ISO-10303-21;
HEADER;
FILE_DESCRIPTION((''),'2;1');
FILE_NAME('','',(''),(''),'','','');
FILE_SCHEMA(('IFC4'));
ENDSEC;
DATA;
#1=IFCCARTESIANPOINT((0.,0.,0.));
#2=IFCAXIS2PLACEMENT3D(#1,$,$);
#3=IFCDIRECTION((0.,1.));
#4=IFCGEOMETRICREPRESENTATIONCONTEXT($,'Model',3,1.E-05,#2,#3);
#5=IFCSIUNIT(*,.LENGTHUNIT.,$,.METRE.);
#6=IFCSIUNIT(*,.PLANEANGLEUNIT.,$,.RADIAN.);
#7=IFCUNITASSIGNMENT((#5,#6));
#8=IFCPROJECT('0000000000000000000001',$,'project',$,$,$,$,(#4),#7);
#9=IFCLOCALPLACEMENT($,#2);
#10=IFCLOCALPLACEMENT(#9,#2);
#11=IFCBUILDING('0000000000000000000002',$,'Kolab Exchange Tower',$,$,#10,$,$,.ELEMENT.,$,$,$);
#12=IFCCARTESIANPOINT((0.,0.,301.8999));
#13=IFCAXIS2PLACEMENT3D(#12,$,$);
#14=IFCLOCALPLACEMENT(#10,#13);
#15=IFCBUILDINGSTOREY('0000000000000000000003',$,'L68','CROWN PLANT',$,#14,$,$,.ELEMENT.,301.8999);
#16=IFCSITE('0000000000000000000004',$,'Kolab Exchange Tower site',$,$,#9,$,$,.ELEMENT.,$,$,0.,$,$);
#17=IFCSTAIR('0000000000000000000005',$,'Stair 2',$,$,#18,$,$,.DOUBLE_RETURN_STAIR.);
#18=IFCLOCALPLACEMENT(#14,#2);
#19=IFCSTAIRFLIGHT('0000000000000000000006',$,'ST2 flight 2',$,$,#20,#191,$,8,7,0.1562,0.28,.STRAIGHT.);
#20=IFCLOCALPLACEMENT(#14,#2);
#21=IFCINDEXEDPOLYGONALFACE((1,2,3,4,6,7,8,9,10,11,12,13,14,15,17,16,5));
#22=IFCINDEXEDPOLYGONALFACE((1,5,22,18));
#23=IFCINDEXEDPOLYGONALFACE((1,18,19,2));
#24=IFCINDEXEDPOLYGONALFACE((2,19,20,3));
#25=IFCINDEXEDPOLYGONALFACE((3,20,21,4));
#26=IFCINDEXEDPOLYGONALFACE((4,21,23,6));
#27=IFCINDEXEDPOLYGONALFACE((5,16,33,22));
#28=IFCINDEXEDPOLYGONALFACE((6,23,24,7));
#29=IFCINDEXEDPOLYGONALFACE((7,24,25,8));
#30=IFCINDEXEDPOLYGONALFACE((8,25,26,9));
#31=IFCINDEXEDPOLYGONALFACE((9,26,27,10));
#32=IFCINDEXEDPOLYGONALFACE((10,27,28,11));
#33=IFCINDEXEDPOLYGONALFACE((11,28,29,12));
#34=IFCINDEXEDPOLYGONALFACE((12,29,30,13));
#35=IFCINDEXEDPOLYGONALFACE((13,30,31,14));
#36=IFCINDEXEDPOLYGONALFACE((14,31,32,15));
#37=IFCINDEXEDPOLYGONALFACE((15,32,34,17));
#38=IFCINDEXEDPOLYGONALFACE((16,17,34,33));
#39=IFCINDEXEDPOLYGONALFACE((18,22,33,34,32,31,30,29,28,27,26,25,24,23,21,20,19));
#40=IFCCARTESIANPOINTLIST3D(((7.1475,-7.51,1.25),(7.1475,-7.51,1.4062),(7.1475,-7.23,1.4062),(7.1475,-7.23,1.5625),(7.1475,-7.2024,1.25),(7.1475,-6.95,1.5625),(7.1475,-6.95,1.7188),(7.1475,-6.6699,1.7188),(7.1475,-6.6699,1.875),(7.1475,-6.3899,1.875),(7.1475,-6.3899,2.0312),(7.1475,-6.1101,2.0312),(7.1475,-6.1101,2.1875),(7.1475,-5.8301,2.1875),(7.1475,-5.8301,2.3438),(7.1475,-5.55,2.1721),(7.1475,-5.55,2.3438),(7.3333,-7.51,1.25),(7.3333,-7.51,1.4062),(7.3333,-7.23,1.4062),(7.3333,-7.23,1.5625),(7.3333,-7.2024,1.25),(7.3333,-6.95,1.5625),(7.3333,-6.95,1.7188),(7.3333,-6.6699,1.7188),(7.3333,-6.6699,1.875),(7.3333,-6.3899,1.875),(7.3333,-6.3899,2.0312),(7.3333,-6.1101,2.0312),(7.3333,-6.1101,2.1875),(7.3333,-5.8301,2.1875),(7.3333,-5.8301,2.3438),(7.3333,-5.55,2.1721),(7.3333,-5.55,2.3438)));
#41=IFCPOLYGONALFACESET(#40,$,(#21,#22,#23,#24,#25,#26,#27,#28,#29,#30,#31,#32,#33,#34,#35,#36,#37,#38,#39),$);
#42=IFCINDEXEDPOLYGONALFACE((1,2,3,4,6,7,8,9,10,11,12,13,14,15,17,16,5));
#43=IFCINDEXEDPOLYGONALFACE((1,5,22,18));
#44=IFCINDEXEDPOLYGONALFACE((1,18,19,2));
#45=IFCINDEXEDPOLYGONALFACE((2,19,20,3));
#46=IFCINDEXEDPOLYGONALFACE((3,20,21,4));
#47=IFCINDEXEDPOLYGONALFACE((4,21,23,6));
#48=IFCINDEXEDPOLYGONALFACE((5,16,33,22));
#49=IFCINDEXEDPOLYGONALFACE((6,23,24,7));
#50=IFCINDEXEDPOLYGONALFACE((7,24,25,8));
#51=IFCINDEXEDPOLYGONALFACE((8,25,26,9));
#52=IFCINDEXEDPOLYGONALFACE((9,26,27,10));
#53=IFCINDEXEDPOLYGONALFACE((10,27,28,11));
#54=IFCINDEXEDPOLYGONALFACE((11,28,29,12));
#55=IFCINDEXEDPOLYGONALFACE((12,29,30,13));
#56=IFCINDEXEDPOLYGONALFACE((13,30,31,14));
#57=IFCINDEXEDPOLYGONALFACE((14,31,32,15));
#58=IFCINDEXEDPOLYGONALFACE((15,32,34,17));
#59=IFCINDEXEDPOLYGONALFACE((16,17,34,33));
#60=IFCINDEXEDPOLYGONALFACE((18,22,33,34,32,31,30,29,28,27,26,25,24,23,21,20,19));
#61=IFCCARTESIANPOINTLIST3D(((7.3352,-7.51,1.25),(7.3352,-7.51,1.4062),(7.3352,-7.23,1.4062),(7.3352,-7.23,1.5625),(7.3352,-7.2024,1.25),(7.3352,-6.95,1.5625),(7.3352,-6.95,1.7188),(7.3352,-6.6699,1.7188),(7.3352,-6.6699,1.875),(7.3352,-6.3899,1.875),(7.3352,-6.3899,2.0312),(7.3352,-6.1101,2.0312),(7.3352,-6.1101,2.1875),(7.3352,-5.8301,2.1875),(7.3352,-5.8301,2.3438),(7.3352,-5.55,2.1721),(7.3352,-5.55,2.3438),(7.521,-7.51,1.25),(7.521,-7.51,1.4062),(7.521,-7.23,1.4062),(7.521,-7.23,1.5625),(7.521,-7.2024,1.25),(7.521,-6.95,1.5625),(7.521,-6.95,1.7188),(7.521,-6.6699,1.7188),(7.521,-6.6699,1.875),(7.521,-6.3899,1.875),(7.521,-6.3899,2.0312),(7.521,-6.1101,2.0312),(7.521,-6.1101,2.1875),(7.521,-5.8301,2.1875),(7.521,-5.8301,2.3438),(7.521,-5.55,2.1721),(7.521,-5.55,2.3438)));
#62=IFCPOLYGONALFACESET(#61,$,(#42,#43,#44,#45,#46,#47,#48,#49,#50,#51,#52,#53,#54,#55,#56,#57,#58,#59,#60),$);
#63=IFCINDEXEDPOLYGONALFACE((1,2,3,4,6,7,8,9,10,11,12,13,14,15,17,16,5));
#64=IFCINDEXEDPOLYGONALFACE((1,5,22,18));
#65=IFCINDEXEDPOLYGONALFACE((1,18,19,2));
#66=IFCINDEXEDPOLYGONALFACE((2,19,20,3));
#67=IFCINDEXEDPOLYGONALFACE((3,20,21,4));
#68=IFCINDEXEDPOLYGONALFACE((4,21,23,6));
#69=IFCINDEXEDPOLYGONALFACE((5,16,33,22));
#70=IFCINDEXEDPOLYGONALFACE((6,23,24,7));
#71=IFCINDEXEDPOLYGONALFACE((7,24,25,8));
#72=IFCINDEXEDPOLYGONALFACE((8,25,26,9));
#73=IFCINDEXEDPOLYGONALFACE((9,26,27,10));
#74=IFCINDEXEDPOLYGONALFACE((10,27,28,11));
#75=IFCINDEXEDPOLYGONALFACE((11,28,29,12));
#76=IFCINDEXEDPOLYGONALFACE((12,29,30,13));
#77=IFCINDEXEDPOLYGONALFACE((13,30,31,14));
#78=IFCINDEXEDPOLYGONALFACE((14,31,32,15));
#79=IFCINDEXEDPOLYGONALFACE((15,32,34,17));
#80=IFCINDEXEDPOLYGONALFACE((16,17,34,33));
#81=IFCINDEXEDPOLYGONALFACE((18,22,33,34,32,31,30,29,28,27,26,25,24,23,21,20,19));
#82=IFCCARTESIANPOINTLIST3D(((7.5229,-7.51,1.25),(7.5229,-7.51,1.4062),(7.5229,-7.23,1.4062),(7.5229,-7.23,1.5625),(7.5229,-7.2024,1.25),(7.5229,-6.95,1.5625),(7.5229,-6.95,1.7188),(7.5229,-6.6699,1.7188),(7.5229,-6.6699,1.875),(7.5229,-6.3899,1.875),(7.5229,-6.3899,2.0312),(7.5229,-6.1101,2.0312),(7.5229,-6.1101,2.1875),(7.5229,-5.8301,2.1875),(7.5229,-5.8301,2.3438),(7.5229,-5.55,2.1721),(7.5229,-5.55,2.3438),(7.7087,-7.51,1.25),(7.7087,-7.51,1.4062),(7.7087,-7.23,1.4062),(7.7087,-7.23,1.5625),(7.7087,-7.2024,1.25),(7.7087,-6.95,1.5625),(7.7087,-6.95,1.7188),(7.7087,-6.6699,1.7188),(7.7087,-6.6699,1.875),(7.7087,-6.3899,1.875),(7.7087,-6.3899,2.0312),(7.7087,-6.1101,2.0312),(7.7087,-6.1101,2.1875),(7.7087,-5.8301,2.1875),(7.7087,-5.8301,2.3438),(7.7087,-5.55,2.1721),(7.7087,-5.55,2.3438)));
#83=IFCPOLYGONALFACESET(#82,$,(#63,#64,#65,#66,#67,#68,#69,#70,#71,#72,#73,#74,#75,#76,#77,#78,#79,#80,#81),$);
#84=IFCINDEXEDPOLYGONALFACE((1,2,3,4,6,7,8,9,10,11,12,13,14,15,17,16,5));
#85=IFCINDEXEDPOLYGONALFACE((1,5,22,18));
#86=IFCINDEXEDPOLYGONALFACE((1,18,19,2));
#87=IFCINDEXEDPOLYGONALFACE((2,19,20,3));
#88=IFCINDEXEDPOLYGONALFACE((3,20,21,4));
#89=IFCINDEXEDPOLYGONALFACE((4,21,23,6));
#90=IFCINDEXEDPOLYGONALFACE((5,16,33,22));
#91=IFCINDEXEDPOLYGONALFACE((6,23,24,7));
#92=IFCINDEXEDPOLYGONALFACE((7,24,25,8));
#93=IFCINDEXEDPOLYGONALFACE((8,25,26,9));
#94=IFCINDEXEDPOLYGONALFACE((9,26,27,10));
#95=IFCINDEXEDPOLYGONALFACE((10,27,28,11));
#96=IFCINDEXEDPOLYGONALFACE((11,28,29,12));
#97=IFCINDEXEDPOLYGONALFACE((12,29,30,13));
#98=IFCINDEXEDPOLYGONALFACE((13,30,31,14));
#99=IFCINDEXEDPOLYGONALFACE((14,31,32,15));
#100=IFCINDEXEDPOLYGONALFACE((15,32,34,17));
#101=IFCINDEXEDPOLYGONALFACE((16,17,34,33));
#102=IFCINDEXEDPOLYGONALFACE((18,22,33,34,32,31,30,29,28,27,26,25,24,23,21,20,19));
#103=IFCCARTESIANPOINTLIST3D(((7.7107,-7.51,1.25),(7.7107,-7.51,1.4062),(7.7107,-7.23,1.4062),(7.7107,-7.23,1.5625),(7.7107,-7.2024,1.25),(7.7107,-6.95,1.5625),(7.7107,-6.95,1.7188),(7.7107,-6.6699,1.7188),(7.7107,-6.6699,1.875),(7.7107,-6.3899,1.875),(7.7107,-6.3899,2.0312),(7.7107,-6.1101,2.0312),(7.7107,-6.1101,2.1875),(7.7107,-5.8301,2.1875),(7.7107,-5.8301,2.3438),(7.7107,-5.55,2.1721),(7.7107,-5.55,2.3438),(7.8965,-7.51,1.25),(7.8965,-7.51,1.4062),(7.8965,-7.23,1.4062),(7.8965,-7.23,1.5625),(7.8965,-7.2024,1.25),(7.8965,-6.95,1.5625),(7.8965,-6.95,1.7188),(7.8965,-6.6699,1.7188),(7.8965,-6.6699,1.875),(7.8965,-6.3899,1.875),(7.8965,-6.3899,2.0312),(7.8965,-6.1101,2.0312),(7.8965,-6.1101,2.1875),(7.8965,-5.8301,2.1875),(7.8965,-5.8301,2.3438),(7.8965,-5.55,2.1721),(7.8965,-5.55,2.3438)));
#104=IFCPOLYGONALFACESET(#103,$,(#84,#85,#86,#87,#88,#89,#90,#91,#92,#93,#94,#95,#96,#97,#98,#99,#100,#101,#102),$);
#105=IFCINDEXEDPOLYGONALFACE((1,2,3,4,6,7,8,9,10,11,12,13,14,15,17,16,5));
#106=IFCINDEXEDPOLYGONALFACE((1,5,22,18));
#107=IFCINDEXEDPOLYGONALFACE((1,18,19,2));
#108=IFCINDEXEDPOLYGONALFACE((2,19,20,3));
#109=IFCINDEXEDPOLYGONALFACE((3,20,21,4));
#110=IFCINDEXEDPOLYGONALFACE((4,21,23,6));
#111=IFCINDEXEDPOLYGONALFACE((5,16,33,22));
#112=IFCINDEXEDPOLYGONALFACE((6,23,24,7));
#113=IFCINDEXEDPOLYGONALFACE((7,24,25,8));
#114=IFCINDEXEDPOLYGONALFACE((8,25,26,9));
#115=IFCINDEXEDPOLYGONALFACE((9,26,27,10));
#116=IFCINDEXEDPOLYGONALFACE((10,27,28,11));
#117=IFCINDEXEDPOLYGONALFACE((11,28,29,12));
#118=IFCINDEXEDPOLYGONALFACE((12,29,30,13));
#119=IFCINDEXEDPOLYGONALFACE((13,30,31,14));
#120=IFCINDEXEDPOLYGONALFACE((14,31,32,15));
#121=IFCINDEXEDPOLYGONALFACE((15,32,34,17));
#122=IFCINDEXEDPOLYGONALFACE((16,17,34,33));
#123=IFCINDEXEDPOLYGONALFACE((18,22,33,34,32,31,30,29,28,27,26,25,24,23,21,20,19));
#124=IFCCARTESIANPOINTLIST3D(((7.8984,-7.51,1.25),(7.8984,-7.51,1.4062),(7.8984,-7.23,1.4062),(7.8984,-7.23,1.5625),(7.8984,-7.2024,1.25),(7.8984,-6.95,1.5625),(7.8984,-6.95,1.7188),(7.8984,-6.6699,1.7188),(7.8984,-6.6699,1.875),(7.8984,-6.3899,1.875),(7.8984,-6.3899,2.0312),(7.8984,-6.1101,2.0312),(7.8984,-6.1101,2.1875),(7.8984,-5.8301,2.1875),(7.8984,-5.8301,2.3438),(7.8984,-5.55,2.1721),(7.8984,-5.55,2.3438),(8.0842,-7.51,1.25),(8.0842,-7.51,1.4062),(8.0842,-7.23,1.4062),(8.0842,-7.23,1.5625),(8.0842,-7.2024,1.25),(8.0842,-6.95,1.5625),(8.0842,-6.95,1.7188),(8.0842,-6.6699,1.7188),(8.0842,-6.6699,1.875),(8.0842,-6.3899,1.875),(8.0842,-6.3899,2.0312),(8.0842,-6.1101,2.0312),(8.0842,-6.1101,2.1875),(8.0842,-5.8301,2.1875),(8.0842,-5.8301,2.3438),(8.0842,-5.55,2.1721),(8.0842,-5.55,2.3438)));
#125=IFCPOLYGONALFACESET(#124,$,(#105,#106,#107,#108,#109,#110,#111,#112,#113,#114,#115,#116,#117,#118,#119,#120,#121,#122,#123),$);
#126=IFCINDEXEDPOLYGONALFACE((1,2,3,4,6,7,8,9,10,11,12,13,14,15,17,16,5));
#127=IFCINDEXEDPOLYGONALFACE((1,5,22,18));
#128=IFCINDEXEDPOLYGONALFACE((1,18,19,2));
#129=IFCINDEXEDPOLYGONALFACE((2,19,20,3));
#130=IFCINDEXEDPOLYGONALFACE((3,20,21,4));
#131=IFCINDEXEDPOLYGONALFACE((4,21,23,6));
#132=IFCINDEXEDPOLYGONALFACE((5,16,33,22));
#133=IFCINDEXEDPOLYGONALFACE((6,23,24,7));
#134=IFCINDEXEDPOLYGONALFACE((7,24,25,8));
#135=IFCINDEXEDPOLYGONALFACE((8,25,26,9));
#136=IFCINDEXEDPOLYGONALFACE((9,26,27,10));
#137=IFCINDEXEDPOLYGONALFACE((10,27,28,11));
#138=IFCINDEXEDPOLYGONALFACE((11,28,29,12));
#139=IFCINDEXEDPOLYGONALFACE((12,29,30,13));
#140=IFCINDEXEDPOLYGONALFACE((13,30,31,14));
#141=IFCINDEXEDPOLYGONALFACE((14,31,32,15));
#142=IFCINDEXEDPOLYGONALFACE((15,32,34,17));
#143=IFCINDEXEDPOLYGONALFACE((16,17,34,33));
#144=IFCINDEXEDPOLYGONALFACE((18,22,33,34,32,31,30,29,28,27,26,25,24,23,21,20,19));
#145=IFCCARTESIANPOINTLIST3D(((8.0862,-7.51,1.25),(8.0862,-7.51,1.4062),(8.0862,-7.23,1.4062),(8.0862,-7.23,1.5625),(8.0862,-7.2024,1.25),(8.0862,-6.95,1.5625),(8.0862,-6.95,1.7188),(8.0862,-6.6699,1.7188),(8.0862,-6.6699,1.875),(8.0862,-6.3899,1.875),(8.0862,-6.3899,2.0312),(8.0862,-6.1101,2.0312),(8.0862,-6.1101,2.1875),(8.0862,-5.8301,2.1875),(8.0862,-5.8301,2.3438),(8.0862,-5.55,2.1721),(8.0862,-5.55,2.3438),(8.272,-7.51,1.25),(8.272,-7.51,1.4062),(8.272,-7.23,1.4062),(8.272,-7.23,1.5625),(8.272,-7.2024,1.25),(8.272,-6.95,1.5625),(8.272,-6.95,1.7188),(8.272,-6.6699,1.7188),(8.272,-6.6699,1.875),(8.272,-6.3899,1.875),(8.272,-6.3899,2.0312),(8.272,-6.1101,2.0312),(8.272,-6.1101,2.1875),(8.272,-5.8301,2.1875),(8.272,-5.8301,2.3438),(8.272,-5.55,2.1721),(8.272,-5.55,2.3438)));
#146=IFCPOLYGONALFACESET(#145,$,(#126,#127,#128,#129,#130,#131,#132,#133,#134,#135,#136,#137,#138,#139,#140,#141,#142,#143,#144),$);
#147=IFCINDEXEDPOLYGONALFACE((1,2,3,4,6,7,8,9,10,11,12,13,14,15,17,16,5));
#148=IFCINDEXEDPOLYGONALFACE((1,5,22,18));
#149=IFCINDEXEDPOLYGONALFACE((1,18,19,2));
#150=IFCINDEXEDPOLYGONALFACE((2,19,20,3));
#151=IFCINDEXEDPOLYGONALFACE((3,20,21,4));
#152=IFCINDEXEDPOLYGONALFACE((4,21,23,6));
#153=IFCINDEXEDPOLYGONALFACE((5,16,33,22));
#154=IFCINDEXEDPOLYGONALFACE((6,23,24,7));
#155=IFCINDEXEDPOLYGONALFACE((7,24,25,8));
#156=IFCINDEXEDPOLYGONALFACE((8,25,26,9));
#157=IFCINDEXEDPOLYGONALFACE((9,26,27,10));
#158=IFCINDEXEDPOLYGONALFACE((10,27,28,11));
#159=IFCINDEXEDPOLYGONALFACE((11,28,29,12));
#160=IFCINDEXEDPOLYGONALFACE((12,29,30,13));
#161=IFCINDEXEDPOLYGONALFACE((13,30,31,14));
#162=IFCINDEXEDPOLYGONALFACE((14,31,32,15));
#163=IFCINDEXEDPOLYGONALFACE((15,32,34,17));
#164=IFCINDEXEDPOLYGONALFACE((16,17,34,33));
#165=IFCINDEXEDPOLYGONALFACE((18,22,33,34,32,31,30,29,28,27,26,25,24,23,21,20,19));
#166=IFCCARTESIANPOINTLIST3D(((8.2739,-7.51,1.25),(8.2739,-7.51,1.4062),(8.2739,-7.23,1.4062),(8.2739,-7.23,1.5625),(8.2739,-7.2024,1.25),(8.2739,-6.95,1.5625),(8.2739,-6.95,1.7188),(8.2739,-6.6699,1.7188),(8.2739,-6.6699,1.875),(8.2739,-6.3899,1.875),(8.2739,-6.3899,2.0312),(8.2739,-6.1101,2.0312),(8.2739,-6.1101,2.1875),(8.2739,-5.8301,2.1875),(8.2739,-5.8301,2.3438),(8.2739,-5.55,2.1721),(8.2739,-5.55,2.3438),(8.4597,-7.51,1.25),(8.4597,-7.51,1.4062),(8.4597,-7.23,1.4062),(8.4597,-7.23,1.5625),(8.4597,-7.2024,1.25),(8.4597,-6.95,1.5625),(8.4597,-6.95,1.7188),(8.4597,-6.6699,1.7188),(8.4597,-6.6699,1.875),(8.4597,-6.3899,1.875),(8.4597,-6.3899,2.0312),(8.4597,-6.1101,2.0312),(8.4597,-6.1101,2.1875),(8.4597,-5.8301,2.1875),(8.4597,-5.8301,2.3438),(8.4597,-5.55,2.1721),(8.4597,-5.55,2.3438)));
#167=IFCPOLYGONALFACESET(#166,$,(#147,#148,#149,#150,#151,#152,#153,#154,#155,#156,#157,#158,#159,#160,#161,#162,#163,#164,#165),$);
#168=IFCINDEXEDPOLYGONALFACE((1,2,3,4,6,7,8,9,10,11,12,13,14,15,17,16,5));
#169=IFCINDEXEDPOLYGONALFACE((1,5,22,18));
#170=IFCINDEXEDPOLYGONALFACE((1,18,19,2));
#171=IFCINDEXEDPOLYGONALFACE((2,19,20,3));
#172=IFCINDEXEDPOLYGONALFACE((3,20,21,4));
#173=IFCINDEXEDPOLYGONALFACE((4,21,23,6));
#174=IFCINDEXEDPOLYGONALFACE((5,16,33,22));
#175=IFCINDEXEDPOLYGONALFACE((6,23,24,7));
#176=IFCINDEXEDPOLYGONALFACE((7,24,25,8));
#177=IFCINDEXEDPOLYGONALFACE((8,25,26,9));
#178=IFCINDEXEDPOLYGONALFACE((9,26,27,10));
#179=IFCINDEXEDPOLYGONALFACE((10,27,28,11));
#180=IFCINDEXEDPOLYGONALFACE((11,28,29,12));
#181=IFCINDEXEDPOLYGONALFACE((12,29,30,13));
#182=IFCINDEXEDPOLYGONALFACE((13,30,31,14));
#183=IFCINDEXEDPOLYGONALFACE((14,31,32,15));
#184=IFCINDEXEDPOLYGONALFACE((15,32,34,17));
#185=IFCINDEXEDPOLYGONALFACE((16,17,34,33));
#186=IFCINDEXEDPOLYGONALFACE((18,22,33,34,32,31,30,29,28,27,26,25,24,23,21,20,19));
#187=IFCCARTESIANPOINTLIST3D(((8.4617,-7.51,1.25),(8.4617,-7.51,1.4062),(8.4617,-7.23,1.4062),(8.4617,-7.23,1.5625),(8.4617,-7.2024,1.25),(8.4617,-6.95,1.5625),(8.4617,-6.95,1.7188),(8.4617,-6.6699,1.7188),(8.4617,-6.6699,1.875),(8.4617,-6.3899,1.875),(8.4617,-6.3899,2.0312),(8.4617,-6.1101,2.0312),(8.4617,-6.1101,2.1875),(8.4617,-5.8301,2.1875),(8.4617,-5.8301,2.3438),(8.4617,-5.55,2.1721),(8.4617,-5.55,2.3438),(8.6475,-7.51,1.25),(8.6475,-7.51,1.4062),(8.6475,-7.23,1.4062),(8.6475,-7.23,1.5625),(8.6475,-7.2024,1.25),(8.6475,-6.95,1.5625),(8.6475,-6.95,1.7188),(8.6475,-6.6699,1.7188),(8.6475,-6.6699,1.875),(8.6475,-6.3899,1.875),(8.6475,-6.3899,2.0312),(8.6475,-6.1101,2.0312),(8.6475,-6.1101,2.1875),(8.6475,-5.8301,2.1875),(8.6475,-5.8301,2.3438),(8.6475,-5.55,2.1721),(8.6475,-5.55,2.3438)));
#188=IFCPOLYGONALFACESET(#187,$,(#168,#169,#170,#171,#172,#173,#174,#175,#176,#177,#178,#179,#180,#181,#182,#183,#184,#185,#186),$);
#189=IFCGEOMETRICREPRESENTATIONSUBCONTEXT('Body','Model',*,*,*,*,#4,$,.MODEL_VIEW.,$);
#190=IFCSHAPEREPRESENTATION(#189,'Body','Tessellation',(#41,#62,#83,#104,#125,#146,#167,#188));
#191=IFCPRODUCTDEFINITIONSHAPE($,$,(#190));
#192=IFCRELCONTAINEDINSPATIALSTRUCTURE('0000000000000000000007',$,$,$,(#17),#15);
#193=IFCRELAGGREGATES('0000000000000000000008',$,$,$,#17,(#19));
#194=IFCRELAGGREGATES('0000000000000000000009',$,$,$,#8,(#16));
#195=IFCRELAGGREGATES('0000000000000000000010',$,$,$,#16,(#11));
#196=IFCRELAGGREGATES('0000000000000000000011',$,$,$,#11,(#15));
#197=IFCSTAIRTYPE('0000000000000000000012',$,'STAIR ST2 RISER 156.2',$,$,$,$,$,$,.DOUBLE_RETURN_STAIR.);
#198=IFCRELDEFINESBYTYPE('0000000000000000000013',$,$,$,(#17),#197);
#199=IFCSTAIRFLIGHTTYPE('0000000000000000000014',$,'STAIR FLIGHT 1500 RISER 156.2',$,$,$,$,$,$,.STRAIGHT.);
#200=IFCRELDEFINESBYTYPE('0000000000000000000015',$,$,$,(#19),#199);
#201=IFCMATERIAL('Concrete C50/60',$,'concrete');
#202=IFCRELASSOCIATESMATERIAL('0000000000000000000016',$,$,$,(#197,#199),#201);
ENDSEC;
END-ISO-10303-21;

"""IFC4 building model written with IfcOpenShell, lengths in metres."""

from ifc_helpers import new_model, si_unit, direction, frame, origin, place, context, subcontext, project, spatial, polyline, outline, extrude, material, type_object, element, aggregate, save


model = new_model("IFC4")

# Units and contexts
model_context = context("Model", 3, precision=1e-05, world=origin(), true_north=direction((0.0, 1.0)))
body_context = subcontext(model_context, "Body", "Model", "MODEL_VIEW")
ifc_project = project(units=[si_unit("LENGTHUNIT", "METRE"), si_unit("PLANEANGLEUNIT", "RADIAN")], contexts=[model_context])

# Site, building, storey
site_placement = place(None, origin())
site = spatial("IfcSite", under=ifc_project, at=site_placement, Name="Kolab Exchange Tower site", CompositionType="ELEMENT", RefElevation=0.0)
building_placement = place(site_placement, origin())
building = spatial("IfcBuilding", under=site, at=building_placement, Name="Kolab Exchange Tower", CompositionType="ELEMENT")
storey_placement = place(building_placement, frame((0.0, 0.0, 301.8999)))
storey = spatial("IfcBuildingStorey", under=building, at=storey_placement, Name="L68", Description="CROWN PLANT", CompositionType="ELEMENT", Elevation=301.8999)

# Shared definitions
ifc_material_1 = material(Name="Concrete C50/60", Category="concrete")

# Stair, stair flight
stair_type = type_object("IfcStairType", Name="STAIR ST2 RISER 156.2", PredefinedType="DOUBLE_RETURN_STAIR", material=ifc_material_1)
stair_placement = place(storey_placement, origin())
stair = element("IfcStair", 1, at=stair_placement, inside=storey, type_object=stair_type, Name="Stair 2", PredefinedType="DOUBLE_RETURN_STAIR")
stair_flight_type = type_object("IfcStairFlightType", Name="STAIR FLIGHT 1500 RISER 156.2", PredefinedType="STRAIGHT", material=ifc_material_1)
stair_flight_1_placement = place(storey_placement, frame((7.8975, -7.51, 1.25), z_axis=(0.0, 0.0, 1.0), x_axis=(0.0, 1.0, 0.0)))
stair_flight_1 = element("IfcStairFlight", 2, at=stair_flight_1_placement, type_object=stair_flight_type, Name="ST2 flight 2", NumberOfRisers=8, NumberOfTreads=7, PredefinedType="STRAIGHT", RiserHeight=0.1562, TreadLength=0.28, context=body_context, shape_type="SweptSolid", body=[
    extrude(outline(polyline([(0.0, 0.0), (0.0, 0.1562), (0.28, 0.1562), (0.28, 0.3125), (0.5601, 0.3125), (0.5601, 0.4688), (0.8401, 0.4688), (0.8401, 0.625), (1.1201, 0.625), (1.1201, 0.7812), (1.3999, 0.7812), (1.3999, 0.9375), (1.6799, 0.9375), (1.6799, 1.0938), (1.96, 1.0938), (1.96, 1.25), (1.96, 0.9221), (0.3076, 0.0), (0.0, 0.0)])), frame((0.0, 0.75, 0.0), z_axis=(0.0, -1.0, 0.0), x_axis=(1.0, 0.0, 0.0)), (0.0, 0.0, 1.0), 0.1858),
    extrude(outline(polyline([(0.0, 0.0), (0.0, 0.1562), (0.28, 0.1562), (0.28, 0.3125), (0.5601, 0.3125), (0.5601, 0.4688), (0.8401, 0.4688), (0.8401, 0.625), (1.1201, 0.625), (1.1201, 0.7812), (1.3999, 0.7812), (1.3999, 0.9375), (1.6799, 0.9375), (1.6799, 1.0938), (1.96, 1.0938), (1.96, 1.25), (1.96, 0.9221), (0.3076, 0.0), (0.0, 0.0)])), frame((0.0, 0.5623, 0.0), z_axis=(0.0, -1.0, 0.0), x_axis=(1.0, 0.0, 0.0)), (0.0, 0.0, 1.0), 0.1858),
    extrude(outline(polyline([(0.0, 0.0), (0.0, 0.1562), (0.28, 0.1562), (0.28, 0.3125), (0.5601, 0.3125), (0.5601, 0.4688), (0.8401, 0.4688), (0.8401, 0.625), (1.1201, 0.625), (1.1201, 0.7812), (1.3999, 0.7812), (1.3999, 0.9375), (1.6799, 0.9375), (1.6799, 1.0938), (1.96, 1.0938), (1.96, 1.25), (1.96, 0.9221), (0.3076, 0.0), (0.0, 0.0)])), frame((0.0, 0.3745, 0.0), z_axis=(0.0, -1.0, 0.0), x_axis=(1.0, 0.0, 0.0)), (0.0, 0.0, 1.0), 0.1858),
    extrude(outline(polyline([(0.0, 0.0), (0.0, 0.1562), (0.28, 0.1562), (0.28, 0.3125), (0.5601, 0.3125), (0.5601, 0.4688), (0.8401, 0.4688), (0.8401, 0.625), (1.1201, 0.625), (1.1201, 0.7812), (1.3999, 0.7812), (1.3999, 0.9375), (1.6799, 0.9375), (1.6799, 1.0938), (1.96, 1.0938), (1.96, 1.25), (1.96, 0.9221), (0.3076, 0.0), (0.0, 0.0)])), frame((0.0, 0.1868, 0.0), z_axis=(0.0, -1.0, 0.0), x_axis=(1.0, 0.0, 0.0)), (0.0, 0.0, 1.0), 0.1858),
    extrude(outline(polyline([(0.0, 0.0), (0.0, 0.1562), (0.28, 0.1562), (0.28, 0.3125), (0.5601, 0.3125), (0.5601, 0.4688), (0.8401, 0.4688), (0.8401, 0.625), (1.1201, 0.625), (1.1201, 0.7812), (1.3999, 0.7812), (1.3999, 0.9375), (1.6799, 0.9375), (1.6799, 1.0938), (1.96, 1.0938), (1.96, 1.25), (1.96, 0.9221), (0.3076, 0.0), (0.0, 0.0)])), frame((0.0, -0.001, 0.0), z_axis=(0.0, -1.0, 0.0), x_axis=(1.0, 0.0, 0.0)), (0.0, 0.0, 1.0), 0.1858),
    extrude(outline(polyline([(0.0, 0.0), (0.0, 0.1562), (0.28, 0.1562), (0.28, 0.3125), (0.5601, 0.3125), (0.5601, 0.4688), (0.8401, 0.4688), (0.8401, 0.625), (1.1201, 0.625), (1.1201, 0.7812), (1.3999, 0.7812), (1.3999, 0.9375), (1.6799, 0.9375), (1.6799, 1.0938), (1.96, 1.0938), (1.96, 1.25), (1.96, 0.9221), (0.3076, 0.0), (0.0, 0.0)])), frame((0.0, -0.1887, 0.0), z_axis=(0.0, -1.0, 0.0), x_axis=(1.0, 0.0, 0.0)), (0.0, 0.0, 1.0), 0.1858),
    extrude(outline(polyline([(0.0, 0.0), (0.0, 0.1562), (0.28, 0.1562), (0.28, 0.3125), (0.5601, 0.3125), (0.5601, 0.4688), (0.8401, 0.4688), (0.8401, 0.625), (1.1201, 0.625), (1.1201, 0.7812), (1.3999, 0.7812), (1.3999, 0.9375), (1.6799, 0.9375), (1.6799, 1.0938), (1.96, 1.0938), (1.96, 1.25), (1.96, 0.9221), (0.3076, 0.0), (0.0, 0.0)])), frame((0.0, -0.3765, 0.0), z_axis=(0.0, -1.0, 0.0), x_axis=(1.0, 0.0, 0.0)), (0.0, 0.0, 1.0), 0.1858),
    extrude(outline(polyline([(0.0, 0.0), (0.0, 0.1562), (0.28, 0.1562), (0.28, 0.3125), (0.5601, 0.3125), (0.5601, 0.4688), (0.8401, 0.4688), (0.8401, 0.625), (1.1201, 0.625), (1.1201, 0.7812), (1.3999, 0.7812), (1.3999, 0.9375), (1.6799, 0.9375), (1.6799, 1.0938), (1.96, 1.0938), (1.96, 1.25), (1.96, 0.9221), (0.3076, 0.0), (0.0, 0.0)])), frame((0.0, -0.5642, 0.0), z_axis=(0.0, -1.0, 0.0), x_axis=(1.0, 0.0, 0.0)), (0.0, 0.0, 1.0), 0.1858),
])
aggregate(stair, [stair_flight_1])

save(model, "model.ifc")
